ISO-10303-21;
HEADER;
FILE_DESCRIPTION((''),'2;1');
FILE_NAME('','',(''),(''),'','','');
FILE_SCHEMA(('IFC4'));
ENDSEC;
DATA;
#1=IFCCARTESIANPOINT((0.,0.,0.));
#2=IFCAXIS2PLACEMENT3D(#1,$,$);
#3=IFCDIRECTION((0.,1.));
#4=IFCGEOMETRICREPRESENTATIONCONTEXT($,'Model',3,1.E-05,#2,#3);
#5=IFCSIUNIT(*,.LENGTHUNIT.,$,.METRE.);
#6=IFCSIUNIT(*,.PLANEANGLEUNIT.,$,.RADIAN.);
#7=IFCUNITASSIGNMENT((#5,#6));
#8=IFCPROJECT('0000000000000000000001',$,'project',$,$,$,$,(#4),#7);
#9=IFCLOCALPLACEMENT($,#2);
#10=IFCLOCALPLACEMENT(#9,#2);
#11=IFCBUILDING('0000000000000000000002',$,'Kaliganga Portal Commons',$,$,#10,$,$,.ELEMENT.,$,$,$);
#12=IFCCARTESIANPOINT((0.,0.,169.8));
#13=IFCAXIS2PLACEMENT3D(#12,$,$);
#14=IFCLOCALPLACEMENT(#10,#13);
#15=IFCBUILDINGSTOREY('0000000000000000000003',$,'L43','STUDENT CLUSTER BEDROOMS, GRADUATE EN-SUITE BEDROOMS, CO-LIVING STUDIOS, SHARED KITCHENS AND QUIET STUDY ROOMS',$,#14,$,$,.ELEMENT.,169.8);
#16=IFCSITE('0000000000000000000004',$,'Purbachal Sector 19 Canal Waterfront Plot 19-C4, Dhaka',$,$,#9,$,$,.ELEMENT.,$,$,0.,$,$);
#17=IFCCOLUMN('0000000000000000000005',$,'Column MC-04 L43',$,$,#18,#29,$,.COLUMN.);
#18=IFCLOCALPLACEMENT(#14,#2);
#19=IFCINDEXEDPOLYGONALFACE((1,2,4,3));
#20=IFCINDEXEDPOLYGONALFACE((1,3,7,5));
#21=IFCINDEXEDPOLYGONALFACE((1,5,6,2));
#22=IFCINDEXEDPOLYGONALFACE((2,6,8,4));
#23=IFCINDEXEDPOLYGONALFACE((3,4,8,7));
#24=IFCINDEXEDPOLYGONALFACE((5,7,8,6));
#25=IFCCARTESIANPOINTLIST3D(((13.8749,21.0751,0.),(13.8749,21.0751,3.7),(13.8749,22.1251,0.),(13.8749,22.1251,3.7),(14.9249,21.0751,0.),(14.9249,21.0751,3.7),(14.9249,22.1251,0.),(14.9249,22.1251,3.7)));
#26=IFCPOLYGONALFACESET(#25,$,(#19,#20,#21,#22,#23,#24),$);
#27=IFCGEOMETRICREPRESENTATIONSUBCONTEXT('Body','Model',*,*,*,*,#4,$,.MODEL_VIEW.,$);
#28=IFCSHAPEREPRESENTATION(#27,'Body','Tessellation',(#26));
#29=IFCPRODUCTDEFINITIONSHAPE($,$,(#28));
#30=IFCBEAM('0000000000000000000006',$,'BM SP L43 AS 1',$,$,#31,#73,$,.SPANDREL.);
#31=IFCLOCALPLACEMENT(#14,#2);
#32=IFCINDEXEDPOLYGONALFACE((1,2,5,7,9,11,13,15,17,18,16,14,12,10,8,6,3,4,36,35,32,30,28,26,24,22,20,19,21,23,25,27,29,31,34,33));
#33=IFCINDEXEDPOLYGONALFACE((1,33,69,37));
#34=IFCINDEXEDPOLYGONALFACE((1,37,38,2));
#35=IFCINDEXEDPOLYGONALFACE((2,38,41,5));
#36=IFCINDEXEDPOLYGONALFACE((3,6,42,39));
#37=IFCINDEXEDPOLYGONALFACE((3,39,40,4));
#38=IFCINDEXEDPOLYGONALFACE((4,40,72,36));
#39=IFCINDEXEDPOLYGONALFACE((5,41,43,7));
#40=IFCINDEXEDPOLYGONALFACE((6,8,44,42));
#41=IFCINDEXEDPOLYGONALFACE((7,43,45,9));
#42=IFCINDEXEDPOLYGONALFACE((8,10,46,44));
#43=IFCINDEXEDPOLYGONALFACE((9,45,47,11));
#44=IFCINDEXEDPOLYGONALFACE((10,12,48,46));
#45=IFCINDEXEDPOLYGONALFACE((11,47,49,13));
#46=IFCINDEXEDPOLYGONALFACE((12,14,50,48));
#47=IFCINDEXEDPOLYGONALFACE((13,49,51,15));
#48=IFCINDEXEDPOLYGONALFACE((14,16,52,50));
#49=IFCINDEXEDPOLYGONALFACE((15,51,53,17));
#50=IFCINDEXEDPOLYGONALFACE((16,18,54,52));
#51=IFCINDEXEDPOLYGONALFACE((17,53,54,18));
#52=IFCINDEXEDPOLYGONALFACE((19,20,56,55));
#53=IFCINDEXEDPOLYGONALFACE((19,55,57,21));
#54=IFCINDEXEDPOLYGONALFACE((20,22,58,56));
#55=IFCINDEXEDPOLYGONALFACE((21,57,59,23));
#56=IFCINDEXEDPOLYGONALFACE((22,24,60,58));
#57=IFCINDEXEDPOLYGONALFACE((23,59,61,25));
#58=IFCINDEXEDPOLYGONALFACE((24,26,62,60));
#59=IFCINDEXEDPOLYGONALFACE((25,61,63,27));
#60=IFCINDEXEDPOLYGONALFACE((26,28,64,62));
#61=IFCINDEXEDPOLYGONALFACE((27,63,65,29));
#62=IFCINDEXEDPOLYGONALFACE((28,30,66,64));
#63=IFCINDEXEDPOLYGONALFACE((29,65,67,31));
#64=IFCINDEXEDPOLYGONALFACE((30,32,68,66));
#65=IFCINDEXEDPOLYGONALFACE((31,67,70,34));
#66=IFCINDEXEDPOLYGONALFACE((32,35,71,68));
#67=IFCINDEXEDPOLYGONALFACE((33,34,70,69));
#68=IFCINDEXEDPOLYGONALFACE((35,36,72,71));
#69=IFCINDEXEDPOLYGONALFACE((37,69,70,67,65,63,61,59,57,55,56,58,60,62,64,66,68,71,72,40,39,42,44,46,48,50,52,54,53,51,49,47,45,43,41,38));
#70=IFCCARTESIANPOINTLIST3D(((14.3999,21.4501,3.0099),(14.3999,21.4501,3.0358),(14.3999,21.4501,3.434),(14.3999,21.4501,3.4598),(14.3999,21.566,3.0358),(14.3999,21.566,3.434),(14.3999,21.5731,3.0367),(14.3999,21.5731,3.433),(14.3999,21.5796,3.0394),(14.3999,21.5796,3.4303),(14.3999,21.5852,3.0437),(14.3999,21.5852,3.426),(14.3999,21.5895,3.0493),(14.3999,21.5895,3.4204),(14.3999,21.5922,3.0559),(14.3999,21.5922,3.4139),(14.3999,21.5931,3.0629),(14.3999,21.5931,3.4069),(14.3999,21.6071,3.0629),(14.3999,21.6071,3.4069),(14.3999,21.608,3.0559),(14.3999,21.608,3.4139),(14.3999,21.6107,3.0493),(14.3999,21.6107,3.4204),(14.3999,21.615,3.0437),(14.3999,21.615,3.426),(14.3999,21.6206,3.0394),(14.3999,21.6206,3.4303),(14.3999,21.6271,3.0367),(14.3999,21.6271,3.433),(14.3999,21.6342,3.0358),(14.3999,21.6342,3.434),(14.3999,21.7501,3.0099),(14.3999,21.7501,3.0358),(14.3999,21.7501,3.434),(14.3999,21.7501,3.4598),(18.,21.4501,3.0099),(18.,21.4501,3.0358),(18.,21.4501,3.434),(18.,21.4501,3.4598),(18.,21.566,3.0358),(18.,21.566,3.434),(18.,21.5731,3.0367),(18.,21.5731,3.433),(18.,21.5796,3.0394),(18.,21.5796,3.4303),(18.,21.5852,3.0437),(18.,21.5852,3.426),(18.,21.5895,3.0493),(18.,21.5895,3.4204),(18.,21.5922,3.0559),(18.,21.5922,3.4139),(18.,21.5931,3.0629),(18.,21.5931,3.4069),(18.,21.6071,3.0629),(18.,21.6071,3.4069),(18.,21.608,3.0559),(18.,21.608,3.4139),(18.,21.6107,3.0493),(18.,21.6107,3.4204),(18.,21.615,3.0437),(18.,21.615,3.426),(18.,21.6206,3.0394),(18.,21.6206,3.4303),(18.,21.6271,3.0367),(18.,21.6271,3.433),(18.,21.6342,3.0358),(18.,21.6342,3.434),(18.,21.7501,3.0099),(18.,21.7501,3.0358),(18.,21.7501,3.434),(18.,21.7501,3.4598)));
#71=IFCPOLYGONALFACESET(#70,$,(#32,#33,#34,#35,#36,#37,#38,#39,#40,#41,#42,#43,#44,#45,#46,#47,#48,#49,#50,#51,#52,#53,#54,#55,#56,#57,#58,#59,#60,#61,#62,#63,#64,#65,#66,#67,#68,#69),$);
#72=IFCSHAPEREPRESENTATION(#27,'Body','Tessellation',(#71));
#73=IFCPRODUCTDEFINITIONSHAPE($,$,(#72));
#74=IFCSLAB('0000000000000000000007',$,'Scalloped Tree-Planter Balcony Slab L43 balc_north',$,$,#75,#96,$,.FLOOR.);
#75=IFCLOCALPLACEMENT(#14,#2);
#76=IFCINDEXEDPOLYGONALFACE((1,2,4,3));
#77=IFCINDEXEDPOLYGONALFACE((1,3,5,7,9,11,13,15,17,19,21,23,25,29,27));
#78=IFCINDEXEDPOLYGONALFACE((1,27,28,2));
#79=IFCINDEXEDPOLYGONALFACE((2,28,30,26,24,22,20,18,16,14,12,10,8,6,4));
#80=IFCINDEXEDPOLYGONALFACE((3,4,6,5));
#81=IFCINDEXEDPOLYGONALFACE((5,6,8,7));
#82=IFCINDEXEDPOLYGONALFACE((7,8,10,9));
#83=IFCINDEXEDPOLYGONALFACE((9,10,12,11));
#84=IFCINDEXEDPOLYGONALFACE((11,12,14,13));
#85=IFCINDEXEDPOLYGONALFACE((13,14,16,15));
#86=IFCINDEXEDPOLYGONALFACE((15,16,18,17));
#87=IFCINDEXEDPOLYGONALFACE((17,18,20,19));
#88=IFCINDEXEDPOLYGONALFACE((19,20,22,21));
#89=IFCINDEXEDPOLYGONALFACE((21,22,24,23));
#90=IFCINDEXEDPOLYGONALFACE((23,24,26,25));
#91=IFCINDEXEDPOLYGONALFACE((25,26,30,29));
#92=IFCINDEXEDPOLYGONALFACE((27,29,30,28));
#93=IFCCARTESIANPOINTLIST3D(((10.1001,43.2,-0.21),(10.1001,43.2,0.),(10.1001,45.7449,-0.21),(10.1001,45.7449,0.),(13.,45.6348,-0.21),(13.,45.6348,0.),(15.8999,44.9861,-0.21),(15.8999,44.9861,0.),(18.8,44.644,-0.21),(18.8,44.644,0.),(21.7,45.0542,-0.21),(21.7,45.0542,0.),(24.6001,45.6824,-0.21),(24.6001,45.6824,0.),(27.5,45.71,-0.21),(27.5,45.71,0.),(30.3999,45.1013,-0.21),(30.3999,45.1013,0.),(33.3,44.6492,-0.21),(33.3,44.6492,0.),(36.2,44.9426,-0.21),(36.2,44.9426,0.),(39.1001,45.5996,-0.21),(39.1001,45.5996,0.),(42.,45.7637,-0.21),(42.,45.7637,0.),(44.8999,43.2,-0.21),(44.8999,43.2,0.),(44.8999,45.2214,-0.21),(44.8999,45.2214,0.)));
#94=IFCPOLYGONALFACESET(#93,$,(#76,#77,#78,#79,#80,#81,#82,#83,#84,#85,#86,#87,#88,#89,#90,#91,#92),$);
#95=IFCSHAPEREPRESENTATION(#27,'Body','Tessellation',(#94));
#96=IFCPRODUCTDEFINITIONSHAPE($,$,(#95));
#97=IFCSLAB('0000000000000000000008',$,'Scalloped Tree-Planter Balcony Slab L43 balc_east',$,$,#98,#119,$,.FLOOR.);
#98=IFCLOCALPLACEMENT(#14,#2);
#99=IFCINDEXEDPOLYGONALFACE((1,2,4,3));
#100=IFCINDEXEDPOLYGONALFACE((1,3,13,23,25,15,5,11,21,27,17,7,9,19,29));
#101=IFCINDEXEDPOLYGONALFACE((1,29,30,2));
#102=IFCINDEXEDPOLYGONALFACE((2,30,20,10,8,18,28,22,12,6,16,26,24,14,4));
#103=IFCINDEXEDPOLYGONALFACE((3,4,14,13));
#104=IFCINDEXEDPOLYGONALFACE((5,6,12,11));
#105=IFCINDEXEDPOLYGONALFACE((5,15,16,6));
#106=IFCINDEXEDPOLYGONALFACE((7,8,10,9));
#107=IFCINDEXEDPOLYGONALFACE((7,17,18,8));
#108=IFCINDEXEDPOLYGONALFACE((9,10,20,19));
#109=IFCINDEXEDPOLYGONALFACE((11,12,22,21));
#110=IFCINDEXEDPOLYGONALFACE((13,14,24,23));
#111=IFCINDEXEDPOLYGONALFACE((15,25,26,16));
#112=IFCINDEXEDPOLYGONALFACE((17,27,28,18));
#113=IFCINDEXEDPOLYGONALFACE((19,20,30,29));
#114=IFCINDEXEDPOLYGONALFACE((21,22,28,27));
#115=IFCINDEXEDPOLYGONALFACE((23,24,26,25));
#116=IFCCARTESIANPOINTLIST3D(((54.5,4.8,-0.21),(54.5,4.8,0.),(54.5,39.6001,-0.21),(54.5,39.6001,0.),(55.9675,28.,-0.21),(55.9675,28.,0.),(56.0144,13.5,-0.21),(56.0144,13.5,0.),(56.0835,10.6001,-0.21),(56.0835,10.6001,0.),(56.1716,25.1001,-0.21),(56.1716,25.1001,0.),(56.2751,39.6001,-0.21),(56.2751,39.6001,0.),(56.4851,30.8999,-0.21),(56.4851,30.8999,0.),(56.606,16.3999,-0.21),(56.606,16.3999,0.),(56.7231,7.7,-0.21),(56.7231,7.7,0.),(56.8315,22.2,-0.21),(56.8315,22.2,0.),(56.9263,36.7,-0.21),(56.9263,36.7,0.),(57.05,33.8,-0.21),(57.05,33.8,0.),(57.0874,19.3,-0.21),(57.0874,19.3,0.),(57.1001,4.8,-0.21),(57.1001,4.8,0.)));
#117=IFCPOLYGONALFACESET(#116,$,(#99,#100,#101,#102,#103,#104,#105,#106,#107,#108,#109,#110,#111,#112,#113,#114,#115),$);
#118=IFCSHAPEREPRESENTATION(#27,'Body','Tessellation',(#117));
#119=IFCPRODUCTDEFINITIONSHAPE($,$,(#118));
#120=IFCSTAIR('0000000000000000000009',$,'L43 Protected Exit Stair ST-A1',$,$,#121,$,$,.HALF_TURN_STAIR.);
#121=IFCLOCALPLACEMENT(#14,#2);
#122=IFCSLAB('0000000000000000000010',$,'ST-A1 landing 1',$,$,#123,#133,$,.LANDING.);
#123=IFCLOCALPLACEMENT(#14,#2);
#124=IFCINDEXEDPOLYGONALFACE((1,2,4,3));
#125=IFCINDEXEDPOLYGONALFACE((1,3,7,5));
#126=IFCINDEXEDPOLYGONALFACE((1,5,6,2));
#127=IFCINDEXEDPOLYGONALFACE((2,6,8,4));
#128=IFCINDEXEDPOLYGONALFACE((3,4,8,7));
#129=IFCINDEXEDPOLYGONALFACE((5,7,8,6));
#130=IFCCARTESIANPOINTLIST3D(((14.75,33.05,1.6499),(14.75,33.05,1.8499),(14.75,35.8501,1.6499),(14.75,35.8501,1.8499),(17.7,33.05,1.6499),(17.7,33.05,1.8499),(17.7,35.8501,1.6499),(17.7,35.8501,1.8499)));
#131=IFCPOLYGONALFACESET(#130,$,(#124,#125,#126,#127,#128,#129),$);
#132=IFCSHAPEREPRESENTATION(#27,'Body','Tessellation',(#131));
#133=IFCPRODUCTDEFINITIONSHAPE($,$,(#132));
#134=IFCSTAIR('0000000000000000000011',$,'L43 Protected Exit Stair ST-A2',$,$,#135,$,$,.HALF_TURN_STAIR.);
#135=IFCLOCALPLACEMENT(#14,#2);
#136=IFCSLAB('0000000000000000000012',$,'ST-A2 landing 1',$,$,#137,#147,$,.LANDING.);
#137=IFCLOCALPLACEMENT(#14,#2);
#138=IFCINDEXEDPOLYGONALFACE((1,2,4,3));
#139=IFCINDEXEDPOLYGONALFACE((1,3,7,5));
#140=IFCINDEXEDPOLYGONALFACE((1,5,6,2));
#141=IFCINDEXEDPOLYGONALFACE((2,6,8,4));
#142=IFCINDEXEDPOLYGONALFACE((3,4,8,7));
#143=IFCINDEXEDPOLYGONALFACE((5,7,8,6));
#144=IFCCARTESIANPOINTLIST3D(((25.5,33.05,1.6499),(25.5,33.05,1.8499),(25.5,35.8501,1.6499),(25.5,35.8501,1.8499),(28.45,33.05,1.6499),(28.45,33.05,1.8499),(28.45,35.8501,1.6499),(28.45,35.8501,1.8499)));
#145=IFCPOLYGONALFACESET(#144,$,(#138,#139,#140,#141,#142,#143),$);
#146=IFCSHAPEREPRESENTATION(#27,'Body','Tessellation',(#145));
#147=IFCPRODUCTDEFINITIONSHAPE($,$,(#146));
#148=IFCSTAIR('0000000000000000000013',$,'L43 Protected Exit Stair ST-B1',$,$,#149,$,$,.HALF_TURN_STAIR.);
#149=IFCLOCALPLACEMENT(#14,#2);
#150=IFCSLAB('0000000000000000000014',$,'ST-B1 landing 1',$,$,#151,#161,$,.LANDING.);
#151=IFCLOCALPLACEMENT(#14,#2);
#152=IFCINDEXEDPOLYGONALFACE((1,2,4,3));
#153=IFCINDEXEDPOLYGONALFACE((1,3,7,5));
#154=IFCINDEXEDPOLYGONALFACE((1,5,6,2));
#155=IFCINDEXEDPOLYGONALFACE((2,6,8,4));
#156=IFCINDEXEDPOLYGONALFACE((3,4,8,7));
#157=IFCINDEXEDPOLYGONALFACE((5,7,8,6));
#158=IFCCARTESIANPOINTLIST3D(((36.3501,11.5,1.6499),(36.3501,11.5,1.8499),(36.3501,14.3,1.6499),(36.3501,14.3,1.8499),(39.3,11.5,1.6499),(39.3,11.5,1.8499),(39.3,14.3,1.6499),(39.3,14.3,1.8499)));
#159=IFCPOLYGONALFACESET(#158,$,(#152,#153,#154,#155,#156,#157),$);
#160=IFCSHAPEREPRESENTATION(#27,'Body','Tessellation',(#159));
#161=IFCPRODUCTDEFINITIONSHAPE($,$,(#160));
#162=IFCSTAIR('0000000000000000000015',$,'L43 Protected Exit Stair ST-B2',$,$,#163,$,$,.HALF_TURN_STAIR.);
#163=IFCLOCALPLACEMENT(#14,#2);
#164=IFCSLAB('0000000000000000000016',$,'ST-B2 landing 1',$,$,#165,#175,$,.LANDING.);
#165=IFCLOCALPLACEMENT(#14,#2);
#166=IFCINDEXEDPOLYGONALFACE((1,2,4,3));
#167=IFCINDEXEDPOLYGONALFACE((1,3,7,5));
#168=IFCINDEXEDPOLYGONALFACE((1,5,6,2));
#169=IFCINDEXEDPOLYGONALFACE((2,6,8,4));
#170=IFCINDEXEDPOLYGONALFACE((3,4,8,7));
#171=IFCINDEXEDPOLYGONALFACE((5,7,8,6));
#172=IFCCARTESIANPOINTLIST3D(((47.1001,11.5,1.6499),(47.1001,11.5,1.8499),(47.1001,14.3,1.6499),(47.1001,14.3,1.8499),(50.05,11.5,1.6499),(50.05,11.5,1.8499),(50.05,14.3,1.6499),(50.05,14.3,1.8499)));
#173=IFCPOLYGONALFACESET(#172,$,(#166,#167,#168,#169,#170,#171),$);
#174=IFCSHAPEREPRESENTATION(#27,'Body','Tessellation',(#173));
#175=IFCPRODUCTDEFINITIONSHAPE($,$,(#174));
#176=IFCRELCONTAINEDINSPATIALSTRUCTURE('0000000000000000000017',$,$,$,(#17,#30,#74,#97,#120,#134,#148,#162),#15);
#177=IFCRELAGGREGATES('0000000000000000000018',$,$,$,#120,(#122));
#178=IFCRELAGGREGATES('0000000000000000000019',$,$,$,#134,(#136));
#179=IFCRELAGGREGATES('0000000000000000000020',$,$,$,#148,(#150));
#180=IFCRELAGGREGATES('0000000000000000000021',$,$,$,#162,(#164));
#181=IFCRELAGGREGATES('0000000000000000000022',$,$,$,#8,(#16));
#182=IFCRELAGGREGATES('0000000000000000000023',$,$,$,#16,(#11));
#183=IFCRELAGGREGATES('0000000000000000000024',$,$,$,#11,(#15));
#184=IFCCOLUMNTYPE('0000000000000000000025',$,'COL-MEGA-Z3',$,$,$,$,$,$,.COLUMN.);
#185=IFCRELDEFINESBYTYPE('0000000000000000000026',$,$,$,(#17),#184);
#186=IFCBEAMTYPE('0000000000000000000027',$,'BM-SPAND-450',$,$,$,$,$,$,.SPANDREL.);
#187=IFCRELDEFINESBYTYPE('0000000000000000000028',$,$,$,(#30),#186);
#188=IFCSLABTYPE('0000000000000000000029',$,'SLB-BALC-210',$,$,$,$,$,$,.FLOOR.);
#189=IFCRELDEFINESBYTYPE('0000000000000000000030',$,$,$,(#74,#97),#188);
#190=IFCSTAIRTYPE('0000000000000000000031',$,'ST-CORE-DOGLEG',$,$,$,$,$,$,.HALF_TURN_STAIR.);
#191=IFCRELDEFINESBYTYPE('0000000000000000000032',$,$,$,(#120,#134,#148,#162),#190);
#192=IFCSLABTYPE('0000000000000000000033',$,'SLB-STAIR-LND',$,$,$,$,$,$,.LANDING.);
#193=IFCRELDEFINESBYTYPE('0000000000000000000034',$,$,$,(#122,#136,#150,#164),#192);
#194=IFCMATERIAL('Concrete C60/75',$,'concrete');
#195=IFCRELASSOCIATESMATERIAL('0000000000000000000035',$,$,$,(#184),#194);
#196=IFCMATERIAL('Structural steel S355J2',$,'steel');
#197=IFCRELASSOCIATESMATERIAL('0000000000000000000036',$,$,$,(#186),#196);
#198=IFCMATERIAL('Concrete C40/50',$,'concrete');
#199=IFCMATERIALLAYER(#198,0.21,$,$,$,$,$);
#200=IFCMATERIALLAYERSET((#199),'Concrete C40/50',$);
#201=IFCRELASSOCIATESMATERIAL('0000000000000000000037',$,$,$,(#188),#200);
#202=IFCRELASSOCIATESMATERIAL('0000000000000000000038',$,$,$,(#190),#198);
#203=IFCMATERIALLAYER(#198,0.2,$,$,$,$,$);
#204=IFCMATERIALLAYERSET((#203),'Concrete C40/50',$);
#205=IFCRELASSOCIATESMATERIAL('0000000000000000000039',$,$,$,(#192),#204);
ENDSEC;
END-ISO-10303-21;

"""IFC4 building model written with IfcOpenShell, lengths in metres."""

from ifc_helpers import new_model, si_unit, direction, frame, origin, origin_2d, place, context, subcontext, project, spatial, polyline, rectangle, i_section, outline, extrude, source, transform, mapped, material, layer, layer_set, material_profile, profile_set, type_object, element, aggregate, save


model = new_model("IFC4")

# Units and contexts
model_context = context("Model", 3, precision=1e-05, world=origin(), true_north=direction((0.0, 1.0)))
body_context = subcontext(model_context, "Body", "Model", "MODEL_VIEW")
ifc_project = project(units=[si_unit("LENGTHUNIT", "METRE"), si_unit("PLANEANGLEUNIT", "RADIAN")], contexts=[model_context])

# Site, building, storey
site_placement = place(None, origin())
site = spatial("IfcSite", under=ifc_project, at=site_placement, Name="Purbachal Sector 19 Canal Waterfront Plot 19-C4, Dhaka", CompositionType="ELEMENT", RefElevation=0.0)
building_placement = place(site_placement, origin())
building = spatial("IfcBuilding", under=site, at=building_placement, Name="Kaliganga Portal Commons", CompositionType="ELEMENT")
storey_placement = place(building_placement, frame((0.0, 0.0, 169.8)))
storey = spatial("IfcBuildingStorey", under=building, at=storey_placement, Name="L43", Description="STUDENT CLUSTER BEDROOMS, GRADUATE EN-SUITE BEDROOMS, CO-LIVING STUDIOS, SHARED KITCHENS AND QUIET STUDY ROOMS", CompositionType="ELEMENT", Elevation=169.8)

# Column
ifc_material_1 = material(Name="Concrete C60/75", Category="concrete")
ifc_material_profile_1 = material_profile(ifc_material_1, rectangle(XDim=1.05, YDim=1.05, at=origin_2d()), Name="RC 1050x1050")
ifc_profile_set_1 = profile_set([ifc_material_profile_1], Name="Concrete C60/75")
column_type = type_object("IfcColumnType", Name="COL-MEGA-Z3", PredefinedType="COLUMN", material=ifc_profile_set_1)
shared_shape_1 = source(origin(), body_context, "Body", "SweptSolid", [
    extrude(rectangle(XDim=1.05, YDim=1.05, at=origin_2d()), origin(), (0.0, 0.0, 1.0), 3.7),
])
column_placement = place(storey_placement, frame((14.3999, 21.6001, 0.0), z_axis=(0.0, 0.0, 1.0), x_axis=(1.0, 0.0, 0.0)))
element("IfcColumn", 1, at=column_placement, inside=storey, type_object=column_type, Name="Column MC-04 L43", PredefinedType="COLUMN", context=body_context, shape_type="MappedRepresentation", body=[
    mapped(shared_shape_1, transform((0.0, 0.0, 0.0), x_axis=(1.0, 0.0, 0.0), y_axis=(0.0, 1.0, 0.0), z_axis=(0.0, 0.0, 1.0), scale=1.0)),
])

# Beam
ifc_material_2 = material(Name="Structural steel S355J2", Category="steel")
ifc_material_profile_2 = material_profile(ifc_material_2, i_section(OverallWidth=0.3, OverallDepth=0.45, WebThickness=0.0139, FlangeThickness=0.0259, FilletRadius=0.0271, at=origin_2d()), Name="HE 450 B")
ifc_profile_set_2 = profile_set([ifc_material_profile_2], Name="Structural steel S355J2 wide-flange")
beam_type = type_object("IfcBeamType", Name="BM-SPAND-450", PredefinedType="SPANDREL", material=ifc_profile_set_2)
shared_shape_2 = source(origin(), body_context, "Body", "SweptSolid", [
    extrude(i_section(OverallWidth=0.3, OverallDepth=0.45, WebThickness=0.0139, FlangeThickness=0.0259, FilletRadius=0.0271, at=origin_2d()), origin(), (0.0, 0.0, 1.0), 3.6001),
])
beam_placement = place(storey_placement, frame((14.3999, 21.6001, 3.2349), z_axis=(1.0, 0.0, 0.0), x_axis=(0.0, 1.0, 0.0)))
element("IfcBeam", 2, at=beam_placement, inside=storey, type_object=beam_type, Name="BM SP L43 AS 1", PredefinedType="SPANDREL", context=body_context, shape_type="MappedRepresentation", body=[
    mapped(shared_shape_2, transform((0.0, 0.0, 0.0), x_axis=(1.0, 0.0, 0.0), y_axis=(0.0, 1.0, 0.0), z_axis=(0.0, 0.0, 1.0), scale=1.0)),
])

# Slabs
ifc_material_3 = material(Name="Concrete C40/50", Category="concrete")
ifc_layer_1 = layer(ifc_material_3, 0.21)
ifc_layer_set_1 = layer_set([ifc_layer_1], Name="Concrete C40/50")
slab_type_1 = type_object("IfcSlabType", Name="SLB-BALC-210", PredefinedType="FLOOR", material=ifc_layer_set_1)
slab_1_placement = place(storey_placement, frame((0.0, 0.0, -0.21)))
element("IfcSlab", 3, at=slab_1_placement, inside=storey, type_object=slab_type_1, Name="Scalloped Tree-Planter Balcony Slab L43 balc_north", PredefinedType="FLOOR", context=body_context, shape_type="SweptSolid", body=[
    extrude(outline(polyline([(44.8999, 43.2), (44.8999, 45.2214), (42.0, 45.7637), (39.1001, 45.5996), (36.2, 44.9426), (33.3, 44.6492), (30.3999, 45.1013), (27.5, 45.71), (24.6001, 45.6824), (21.7, 45.0542), (18.8, 44.644), (15.8999, 44.9861), (13.0, 45.6348), (10.1001, 45.7449), (10.1001, 43.2), (44.8999, 43.2)])), origin(), (0.0, 0.0, 1.0), 0.21),
])
slab_2_placement = place(storey_placement, frame((0.0, 0.0, -0.21)))
element("IfcSlab", 4, at=slab_2_placement, inside=storey, type_object=slab_type_1, Name="Scalloped Tree-Planter Balcony Slab L43 balc_east", PredefinedType="FLOOR", context=body_context, shape_type="SweptSolid", body=[
    extrude(outline(polyline([(54.5, 4.8), (57.1001, 4.8), (56.7231, 7.7), (56.0835, 10.6001), (56.0144, 13.5), (56.606, 16.3999), (57.0874, 19.3), (56.8315, 22.2), (56.1716, 25.1001), (55.9675, 28.0), (56.4851, 30.8999), (57.05, 33.8), (56.9263, 36.7), (56.2751, 39.6001), (54.5, 39.6001), (54.5, 4.8)])), origin(), (0.0, 0.0, 1.0), 0.21),
])

# Stairs, slabs
stair_type = type_object("IfcStairType", Name="ST-CORE-DOGLEG", PredefinedType="HALF_TURN_STAIR", material=ifc_material_3)
stair_1_placement = place(storey_placement, origin())
stair_1 = element("IfcStair", 5, at=stair_1_placement, inside=storey, type_object=stair_type, Name="L43 Protected Exit Stair ST-A1", PredefinedType="HALF_TURN_STAIR")
ifc_layer_2 = layer(ifc_material_3, 0.2)
ifc_layer_set_2 = layer_set([ifc_layer_2], Name="Concrete C40/50")
slab_type_2 = type_object("IfcSlabType", Name="SLB-STAIR-LND", PredefinedType="LANDING", material=ifc_layer_set_2)
slab_3_placement = place(storey_placement, frame((0.0, 0.0, 1.6499)))
slab_3 = element("IfcSlab", 6, at=slab_3_placement, type_object=slab_type_2, Name="ST-A1 landing 1", PredefinedType="LANDING", context=body_context, shape_type="SweptSolid", body=[
    extrude(outline(polyline([(17.7, 33.05), (17.7, 35.8501), (14.75, 35.8501), (14.75, 33.05), (17.7, 33.05)])), origin(), (0.0, 0.0, 1.0), 0.2),
])
aggregate(stair_1, [slab_3])
stair_2_placement = place(storey_placement, origin())
stair_2 = element("IfcStair", 7, at=stair_2_placement, inside=storey, type_object=stair_type, Name="L43 Protected Exit Stair ST-A2", PredefinedType="HALF_TURN_STAIR")
slab_4_placement = place(storey_placement, frame((0.0, 0.0, 1.6499)))
slab_4 = element("IfcSlab", 8, at=slab_4_placement, type_object=slab_type_2, Name="ST-A2 landing 1", PredefinedType="LANDING", context=body_context, shape_type="SweptSolid", body=[
    extrude(outline(polyline([(28.45, 33.05), (28.45, 35.8501), (25.5, 35.8501), (25.5, 33.05), (28.45, 33.05)])), origin(), (0.0, 0.0, 1.0), 0.2),
])
aggregate(stair_2, [slab_4])
stair_3_placement = place(storey_placement, origin())
stair_3 = element("IfcStair", 9, at=stair_3_placement, inside=storey, type_object=stair_type, Name="L43 Protected Exit Stair ST-B1", PredefinedType="HALF_TURN_STAIR")
slab_5_placement = place(storey_placement, frame((0.0, 0.0, 1.6499)))
slab_5 = element("IfcSlab", 10, at=slab_5_placement, type_object=slab_type_2, Name="ST-B1 landing 1", PredefinedType="LANDING", context=body_context, shape_type="SweptSolid", body=[
    extrude(outline(polyline([(39.3, 11.5), (39.3, 14.3), (36.3501, 14.3), (36.3501, 11.5), (39.3, 11.5)])), origin(), (0.0, 0.0, 1.0), 0.2),
])
aggregate(stair_3, [slab_5])
stair_4_placement = place(storey_placement, origin())
stair_4 = element("IfcStair", 11, at=stair_4_placement, inside=storey, type_object=stair_type, Name="L43 Protected Exit Stair ST-B2", PredefinedType="HALF_TURN_STAIR")
slab_6_placement = place(storey_placement, frame((0.0, 0.0, 1.6499)))
slab_6 = element("IfcSlab", 12, at=slab_6_placement, type_object=slab_type_2, Name="ST-B2 landing 1", PredefinedType="LANDING", context=body_context, shape_type="SweptSolid", body=[
    extrude(outline(polyline([(50.05, 11.5), (50.05, 14.3), (47.1001, 14.3), (47.1001, 11.5), (50.05, 11.5)])), origin(), (0.0, 0.0, 1.0), 0.2),
])
aggregate(stair_4, [slab_6])

save(model, "model.ifc")
